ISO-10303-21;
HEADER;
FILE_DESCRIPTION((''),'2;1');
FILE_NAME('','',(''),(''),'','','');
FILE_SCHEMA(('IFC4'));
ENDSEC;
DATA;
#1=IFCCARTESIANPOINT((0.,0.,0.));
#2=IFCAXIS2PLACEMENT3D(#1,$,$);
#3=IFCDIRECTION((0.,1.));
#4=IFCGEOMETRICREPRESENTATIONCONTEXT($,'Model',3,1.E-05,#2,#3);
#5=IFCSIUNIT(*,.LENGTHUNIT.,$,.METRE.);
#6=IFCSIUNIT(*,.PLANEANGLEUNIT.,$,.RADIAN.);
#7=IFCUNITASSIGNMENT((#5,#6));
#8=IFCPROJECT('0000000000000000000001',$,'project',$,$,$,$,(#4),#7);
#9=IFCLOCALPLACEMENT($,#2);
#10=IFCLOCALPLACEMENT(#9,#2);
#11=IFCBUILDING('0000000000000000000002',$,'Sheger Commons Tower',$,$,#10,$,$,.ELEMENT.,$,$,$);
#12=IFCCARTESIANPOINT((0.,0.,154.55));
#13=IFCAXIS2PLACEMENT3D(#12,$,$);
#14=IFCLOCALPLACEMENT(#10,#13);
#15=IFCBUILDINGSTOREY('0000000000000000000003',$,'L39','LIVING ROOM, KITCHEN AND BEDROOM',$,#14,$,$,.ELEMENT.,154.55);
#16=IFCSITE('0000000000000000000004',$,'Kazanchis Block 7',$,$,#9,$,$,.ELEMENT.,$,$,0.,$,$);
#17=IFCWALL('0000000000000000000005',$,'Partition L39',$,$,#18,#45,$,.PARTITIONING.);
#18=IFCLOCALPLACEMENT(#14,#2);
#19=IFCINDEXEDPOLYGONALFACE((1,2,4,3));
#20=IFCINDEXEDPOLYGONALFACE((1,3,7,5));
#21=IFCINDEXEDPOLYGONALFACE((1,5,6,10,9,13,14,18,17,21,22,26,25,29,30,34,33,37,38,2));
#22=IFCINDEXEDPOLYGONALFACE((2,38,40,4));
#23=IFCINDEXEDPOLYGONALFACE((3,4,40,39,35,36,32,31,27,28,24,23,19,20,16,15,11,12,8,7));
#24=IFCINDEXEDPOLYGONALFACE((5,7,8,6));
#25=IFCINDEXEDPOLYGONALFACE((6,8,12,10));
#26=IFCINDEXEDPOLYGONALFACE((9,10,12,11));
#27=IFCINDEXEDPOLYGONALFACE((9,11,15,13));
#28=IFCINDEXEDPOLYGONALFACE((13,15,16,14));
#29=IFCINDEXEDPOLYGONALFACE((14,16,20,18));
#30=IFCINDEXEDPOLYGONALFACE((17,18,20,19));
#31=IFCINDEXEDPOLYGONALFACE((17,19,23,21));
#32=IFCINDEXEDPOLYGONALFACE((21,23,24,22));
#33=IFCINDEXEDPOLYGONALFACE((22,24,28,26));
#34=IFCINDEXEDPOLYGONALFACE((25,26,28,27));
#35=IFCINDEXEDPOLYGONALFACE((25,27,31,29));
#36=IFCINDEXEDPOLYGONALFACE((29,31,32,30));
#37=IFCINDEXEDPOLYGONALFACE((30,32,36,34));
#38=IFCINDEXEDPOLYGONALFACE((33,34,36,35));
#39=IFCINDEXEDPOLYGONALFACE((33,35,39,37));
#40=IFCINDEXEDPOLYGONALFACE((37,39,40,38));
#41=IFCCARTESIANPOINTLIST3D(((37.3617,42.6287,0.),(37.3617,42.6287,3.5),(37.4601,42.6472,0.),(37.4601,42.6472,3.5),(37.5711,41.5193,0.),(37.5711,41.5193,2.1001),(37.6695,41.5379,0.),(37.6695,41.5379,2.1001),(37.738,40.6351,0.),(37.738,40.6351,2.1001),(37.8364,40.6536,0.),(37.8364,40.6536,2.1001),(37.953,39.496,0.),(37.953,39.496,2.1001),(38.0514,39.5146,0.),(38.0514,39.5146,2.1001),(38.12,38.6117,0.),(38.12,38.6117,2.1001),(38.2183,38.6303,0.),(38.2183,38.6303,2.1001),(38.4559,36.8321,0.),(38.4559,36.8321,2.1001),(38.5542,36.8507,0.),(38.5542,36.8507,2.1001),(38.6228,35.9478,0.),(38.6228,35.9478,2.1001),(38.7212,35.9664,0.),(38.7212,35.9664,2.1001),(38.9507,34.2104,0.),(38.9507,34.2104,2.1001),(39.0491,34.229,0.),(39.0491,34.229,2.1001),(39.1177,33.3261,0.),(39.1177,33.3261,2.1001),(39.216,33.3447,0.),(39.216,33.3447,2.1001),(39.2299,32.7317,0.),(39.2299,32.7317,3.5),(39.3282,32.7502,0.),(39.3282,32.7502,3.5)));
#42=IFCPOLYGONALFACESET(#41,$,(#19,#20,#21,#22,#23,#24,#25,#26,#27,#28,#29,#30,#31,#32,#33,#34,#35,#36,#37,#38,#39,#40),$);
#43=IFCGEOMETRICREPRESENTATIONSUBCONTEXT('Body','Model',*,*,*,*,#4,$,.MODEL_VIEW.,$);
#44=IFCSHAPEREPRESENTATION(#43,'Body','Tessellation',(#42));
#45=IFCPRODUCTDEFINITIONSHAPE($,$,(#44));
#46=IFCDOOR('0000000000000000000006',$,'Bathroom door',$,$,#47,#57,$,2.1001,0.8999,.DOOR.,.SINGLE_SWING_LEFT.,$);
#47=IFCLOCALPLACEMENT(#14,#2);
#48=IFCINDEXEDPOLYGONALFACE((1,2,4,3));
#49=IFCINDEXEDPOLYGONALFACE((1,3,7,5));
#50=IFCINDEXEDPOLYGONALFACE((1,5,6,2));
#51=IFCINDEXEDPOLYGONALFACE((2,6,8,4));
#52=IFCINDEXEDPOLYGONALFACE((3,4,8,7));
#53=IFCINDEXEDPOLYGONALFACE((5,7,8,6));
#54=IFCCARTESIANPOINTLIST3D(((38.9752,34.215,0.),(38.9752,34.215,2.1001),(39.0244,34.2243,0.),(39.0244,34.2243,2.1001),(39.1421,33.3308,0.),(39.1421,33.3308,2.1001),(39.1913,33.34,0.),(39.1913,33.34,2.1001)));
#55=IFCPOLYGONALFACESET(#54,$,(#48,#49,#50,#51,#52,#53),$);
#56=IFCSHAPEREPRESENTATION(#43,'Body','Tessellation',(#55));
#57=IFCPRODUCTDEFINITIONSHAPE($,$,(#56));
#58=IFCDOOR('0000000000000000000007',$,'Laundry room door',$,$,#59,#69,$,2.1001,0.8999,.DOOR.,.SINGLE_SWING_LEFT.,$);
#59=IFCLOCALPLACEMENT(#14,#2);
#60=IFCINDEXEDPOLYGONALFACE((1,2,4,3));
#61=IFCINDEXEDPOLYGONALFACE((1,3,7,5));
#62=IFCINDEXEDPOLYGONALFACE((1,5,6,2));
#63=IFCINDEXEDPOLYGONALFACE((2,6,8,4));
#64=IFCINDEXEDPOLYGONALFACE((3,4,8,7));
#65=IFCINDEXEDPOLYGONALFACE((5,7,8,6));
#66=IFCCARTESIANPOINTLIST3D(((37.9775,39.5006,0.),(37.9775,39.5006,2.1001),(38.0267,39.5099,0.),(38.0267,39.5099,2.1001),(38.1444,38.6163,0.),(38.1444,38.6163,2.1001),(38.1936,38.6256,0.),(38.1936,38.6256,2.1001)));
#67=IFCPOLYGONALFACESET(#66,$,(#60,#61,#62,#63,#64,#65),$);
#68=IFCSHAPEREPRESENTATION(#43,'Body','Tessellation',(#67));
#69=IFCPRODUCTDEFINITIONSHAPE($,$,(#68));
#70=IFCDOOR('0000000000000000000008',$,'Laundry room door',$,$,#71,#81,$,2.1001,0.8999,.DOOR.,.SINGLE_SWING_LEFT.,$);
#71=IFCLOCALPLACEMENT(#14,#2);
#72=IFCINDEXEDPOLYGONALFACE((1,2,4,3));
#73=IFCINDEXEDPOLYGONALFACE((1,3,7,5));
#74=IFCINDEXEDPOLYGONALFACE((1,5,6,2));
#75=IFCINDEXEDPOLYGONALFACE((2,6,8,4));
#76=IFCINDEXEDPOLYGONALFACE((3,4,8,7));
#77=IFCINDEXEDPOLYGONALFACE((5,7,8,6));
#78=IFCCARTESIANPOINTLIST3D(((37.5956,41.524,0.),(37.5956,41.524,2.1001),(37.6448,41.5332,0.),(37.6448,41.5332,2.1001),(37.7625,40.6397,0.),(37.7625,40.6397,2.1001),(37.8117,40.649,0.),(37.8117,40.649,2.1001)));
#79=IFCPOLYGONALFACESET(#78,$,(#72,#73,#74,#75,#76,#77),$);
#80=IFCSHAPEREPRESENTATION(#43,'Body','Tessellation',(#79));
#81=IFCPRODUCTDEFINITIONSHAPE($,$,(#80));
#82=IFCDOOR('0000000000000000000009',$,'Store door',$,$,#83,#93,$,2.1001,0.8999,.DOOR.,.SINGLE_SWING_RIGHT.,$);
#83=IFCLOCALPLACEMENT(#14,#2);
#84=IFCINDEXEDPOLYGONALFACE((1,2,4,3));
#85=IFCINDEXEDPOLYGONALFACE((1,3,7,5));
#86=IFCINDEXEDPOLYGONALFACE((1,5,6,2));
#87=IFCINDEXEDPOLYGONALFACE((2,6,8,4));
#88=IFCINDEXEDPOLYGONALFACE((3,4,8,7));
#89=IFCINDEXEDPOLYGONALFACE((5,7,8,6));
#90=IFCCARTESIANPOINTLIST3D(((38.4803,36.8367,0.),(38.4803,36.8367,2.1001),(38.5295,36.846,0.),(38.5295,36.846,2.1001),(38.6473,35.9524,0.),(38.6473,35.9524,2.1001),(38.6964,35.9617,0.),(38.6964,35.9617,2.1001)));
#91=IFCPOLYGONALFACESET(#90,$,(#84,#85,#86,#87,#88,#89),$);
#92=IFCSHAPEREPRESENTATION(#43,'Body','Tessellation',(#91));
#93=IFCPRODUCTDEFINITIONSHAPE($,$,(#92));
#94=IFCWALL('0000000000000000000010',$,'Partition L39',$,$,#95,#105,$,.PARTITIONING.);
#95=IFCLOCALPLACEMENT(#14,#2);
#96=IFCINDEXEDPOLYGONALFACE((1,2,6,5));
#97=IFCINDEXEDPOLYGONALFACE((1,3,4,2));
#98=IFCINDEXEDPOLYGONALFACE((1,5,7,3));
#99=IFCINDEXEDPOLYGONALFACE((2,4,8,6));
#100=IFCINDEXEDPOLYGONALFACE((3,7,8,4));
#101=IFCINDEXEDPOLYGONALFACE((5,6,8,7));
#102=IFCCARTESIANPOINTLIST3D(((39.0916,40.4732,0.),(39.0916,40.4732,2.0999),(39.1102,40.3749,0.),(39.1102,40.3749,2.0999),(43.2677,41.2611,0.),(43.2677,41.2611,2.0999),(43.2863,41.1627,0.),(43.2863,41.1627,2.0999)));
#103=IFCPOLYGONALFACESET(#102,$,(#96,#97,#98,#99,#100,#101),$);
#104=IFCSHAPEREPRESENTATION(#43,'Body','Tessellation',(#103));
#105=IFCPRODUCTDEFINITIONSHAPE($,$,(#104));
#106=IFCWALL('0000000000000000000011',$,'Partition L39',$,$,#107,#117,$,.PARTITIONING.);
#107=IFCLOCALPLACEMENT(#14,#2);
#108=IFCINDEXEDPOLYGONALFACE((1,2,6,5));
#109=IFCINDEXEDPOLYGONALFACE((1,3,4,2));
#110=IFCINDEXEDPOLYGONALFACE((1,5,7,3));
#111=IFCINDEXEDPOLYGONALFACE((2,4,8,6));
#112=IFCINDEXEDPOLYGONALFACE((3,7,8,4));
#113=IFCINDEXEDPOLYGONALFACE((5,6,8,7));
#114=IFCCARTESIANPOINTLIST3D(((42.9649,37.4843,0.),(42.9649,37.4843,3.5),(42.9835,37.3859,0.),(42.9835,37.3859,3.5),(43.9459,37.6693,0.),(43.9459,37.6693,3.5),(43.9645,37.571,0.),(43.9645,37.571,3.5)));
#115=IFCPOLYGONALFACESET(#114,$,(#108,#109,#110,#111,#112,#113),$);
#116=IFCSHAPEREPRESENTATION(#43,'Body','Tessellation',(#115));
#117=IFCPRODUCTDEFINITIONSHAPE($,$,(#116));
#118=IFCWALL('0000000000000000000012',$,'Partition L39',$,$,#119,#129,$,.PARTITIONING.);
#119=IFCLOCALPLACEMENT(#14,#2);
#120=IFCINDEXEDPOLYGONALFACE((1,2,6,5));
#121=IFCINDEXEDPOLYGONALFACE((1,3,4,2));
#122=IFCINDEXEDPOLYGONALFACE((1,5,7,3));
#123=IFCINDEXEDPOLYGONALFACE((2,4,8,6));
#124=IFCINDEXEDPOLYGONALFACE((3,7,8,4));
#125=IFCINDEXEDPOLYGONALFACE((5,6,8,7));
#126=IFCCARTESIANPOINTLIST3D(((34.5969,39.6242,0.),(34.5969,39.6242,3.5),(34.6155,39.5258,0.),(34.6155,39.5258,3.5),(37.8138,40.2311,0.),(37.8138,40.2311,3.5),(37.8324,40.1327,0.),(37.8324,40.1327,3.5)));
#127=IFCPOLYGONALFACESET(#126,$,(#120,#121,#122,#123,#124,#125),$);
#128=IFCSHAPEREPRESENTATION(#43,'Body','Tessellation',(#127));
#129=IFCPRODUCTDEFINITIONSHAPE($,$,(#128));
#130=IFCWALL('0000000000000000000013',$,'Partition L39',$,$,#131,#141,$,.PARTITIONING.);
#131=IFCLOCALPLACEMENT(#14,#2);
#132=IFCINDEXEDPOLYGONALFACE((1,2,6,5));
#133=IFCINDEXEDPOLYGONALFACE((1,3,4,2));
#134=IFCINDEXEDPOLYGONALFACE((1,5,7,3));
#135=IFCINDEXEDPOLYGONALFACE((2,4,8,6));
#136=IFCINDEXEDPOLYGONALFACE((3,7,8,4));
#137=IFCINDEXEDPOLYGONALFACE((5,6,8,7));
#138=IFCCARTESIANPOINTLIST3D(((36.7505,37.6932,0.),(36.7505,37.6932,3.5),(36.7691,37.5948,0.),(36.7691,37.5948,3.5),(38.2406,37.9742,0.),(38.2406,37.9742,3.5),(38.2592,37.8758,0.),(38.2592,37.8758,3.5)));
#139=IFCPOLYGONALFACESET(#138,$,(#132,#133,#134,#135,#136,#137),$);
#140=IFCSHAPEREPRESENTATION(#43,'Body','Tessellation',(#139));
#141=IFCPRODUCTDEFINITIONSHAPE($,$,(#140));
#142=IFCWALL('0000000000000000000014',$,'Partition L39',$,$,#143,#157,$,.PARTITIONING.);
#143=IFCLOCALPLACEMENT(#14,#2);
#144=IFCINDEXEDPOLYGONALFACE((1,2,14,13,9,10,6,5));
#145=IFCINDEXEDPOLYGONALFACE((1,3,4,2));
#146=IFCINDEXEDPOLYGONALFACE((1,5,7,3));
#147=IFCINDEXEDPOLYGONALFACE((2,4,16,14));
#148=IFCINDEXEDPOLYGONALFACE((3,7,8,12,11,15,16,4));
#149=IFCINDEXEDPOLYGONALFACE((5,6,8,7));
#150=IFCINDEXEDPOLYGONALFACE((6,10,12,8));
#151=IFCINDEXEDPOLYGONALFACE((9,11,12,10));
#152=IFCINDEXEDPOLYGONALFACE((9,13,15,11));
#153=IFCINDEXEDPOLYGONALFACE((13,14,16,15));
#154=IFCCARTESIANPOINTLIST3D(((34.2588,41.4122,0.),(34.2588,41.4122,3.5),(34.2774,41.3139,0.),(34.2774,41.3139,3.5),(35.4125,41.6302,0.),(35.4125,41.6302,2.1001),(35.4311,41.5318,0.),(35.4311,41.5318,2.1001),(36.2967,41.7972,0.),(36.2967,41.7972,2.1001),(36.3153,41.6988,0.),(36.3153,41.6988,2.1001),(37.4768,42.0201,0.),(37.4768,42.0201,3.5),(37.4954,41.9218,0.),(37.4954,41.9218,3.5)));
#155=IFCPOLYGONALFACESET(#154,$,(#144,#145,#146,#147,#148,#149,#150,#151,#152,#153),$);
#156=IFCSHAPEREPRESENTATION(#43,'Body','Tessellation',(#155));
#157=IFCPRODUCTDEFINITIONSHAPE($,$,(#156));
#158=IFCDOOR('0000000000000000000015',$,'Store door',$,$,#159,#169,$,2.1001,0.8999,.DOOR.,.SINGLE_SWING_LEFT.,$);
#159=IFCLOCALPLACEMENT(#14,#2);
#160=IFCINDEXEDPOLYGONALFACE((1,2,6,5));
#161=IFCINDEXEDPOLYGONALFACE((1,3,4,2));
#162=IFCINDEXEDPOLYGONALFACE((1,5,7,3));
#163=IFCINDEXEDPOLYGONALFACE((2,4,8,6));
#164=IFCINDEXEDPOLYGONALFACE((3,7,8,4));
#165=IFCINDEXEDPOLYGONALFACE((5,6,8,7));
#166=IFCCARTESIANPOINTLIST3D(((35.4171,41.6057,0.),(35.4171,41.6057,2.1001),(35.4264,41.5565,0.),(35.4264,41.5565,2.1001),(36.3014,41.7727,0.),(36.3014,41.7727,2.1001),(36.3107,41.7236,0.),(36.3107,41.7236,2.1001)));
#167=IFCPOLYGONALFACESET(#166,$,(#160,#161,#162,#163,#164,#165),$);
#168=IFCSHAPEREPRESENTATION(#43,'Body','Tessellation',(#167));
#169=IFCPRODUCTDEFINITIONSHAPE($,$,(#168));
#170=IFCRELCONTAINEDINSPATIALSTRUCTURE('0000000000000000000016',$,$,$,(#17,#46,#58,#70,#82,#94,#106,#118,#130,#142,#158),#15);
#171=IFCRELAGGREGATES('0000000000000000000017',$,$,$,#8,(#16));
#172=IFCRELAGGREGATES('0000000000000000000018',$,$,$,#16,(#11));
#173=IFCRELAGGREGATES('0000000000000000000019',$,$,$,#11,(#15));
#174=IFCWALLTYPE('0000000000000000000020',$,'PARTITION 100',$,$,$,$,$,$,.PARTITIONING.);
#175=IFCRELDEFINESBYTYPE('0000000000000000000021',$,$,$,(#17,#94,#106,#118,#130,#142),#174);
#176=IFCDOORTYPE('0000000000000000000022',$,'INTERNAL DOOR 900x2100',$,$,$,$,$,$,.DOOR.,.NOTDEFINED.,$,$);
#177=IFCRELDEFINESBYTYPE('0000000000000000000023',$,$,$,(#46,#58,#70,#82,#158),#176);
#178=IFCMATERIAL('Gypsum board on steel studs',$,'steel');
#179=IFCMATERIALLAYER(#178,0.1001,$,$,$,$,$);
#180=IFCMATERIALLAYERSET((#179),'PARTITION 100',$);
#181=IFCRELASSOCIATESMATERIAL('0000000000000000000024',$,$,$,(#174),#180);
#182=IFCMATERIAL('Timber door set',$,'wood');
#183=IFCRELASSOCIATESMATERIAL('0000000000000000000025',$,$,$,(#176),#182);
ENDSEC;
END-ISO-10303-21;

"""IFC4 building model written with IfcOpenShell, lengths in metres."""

from ifc_helpers import new_model, si_unit, direction, frame, frame_2d, origin, place, context, subcontext, project, spatial, rectangle, extrude, material, layer, layer_set, type_object, element, fill, save


model = new_model("IFC4")

# Units and contexts
model_context = context("Model", 3, precision=1e-05, world=origin(), true_north=direction((0.0, 1.0)))
body_context = subcontext(model_context, "Body", "Model", "MODEL_VIEW")
ifc_project = project(units=[si_unit("LENGTHUNIT", "METRE"), si_unit("PLANEANGLEUNIT", "RADIAN")], contexts=[model_context])

# Site, building, storey
site_placement = place(None, origin())
site = spatial("IfcSite", under=ifc_project, at=site_placement, Name="Kazanchis Block 7", CompositionType="ELEMENT", RefElevation=0.0)
building_placement = place(site_placement, origin())
building = spatial("IfcBuilding", under=site, at=building_placement, Name="Sheger Commons Tower", CompositionType="ELEMENT")
storey_placement = place(building_placement, frame((0.0, 0.0, 154.55)))
storey = spatial("IfcBuildingStorey", under=building, at=storey_placement, Name="L39", Description="LIVING ROOM, KITCHEN AND BEDROOM", CompositionType="ELEMENT", Elevation=154.55)

# Shared definitions
ifc_material_1 = material(Name="Gypsum board on steel studs", Category="steel")
ifc_layer_1 = layer(ifc_material_1, 0.1001)
ifc_layer_set_1 = layer_set([ifc_layer_1], Name="PARTITION 100")
wall_type = type_object("IfcWallType", Name="PARTITION 100", PredefinedType="PARTITIONING", material=ifc_layer_set_1)

# Wall, openings, doors
ifc_material_2 = material(Name="Timber door set", Category="wood")
door_type = type_object("IfcDoorType", Name="INTERNAL DOOR 900x2100", OperationType="NOTDEFINED", PredefinedType="DOOR", material=ifc_material_2)
wall_1_placement = place(storey_placement, frame((37.4109, 42.6379, 0.0), z_axis=(0.0, 0.0, 1.0), x_axis=(0.185486, -0.982647, 0.0)))
wall_1 = element("IfcWall", 1, at=wall_1_placement, inside=storey, type_object=wall_type, Name="Partition L39", PredefinedType="PARTITIONING", context=body_context, shape_type="SweptSolid", body=[
    extrude(rectangle(XDim=10.0718, YDim=0.1001, at=frame_2d((5.0359, 0.0))), origin(), (0.0, 0.0, 1.0), 3.5),
])
opening_1_placement = place(wall_1_placement, frame((8.5669, 0.0, 0.0)))
opening_1 = element("IfcOpeningElement", 2, at=opening_1_placement, cuts=wall_1, PredefinedType="OPENING", context=body_context, shape_type="SweptSolid", body=[
    extrude(rectangle(XDim=0.8999, YDim=2.1001, at=frame_2d((0.45, 1.05))), frame((0.0, 0.0601, 0.0), z_axis=(0.0, -1.0, 0.0), x_axis=(1.0, 0.0, 0.0)), (0.0, 0.0, 1.0), 0.1201),
])
opening_2_placement = place(wall_1_placement, frame((3.188, 0.0, 0.0)))
opening_2 = element("IfcOpeningElement", 3, at=opening_2_placement, cuts=wall_1, PredefinedType="OPENING", context=body_context, shape_type="SweptSolid", body=[
    extrude(rectangle(XDim=0.8999, YDim=2.1001, at=frame_2d((0.45, 1.05))), frame((0.0, 0.0601, 0.0), z_axis=(0.0, -1.0, 0.0), x_axis=(1.0, 0.0, 0.0)), (0.0, 0.0, 1.0), 0.1201),
])
opening_3_placement = place(wall_1_placement, frame((1.1289, 0.0, 0.0)))
opening_3 = element("IfcOpeningElement", 4, at=opening_3_placement, cuts=wall_1, PredefinedType="OPENING", context=body_context, shape_type="SweptSolid", body=[
    extrude(rectangle(XDim=0.8999, YDim=2.1001, at=frame_2d((0.45, 1.05))), frame((0.0, 0.0601, 0.0), z_axis=(0.0, -1.0, 0.0), x_axis=(1.0, 0.0, 0.0)), (0.0, 0.0, 1.0), 0.1201),
])
opening_4_placement = place(wall_1_placement, frame((5.8989, 0.0, 0.0)))
opening_4 = element("IfcOpeningElement", 5, at=opening_4_placement, cuts=wall_1, PredefinedType="OPENING", context=body_context, shape_type="SweptSolid", body=[
    extrude(rectangle(XDim=0.8999, YDim=2.1001, at=frame_2d((0.45, 1.05))), frame((0.0, 0.0601, 0.0), z_axis=(0.0, -1.0, 0.0), x_axis=(1.0, 0.0, 0.0)), (0.0, 0.0, 1.0), 0.1201),
])
door_1_placement = place(opening_1_placement, origin())
door_1 = element("IfcDoor", 6, at=door_1_placement, inside=storey, type_object=door_type, Name="Bathroom door", OperationType="SINGLE_SWING_LEFT", OverallHeight=2.1001, OverallWidth=0.8999, PredefinedType="DOOR", context=body_context, shape_type="SweptSolid", body=[
    extrude(rectangle(XDim=0.8999, YDim=2.1001, at=frame_2d((0.45, 1.05))), frame((0.0, 0.0249, 0.0), z_axis=(0.0, -1.0, 0.0), x_axis=(1.0, 0.0, 0.0)), (0.0, 0.0, 1.0), 0.05),
])
fill(opening_1, door_1)
door_2_placement = place(opening_2_placement, origin())
door_2 = element("IfcDoor", 7, at=door_2_placement, inside=storey, type_object=door_type, Name="Laundry room door", OperationType="SINGLE_SWING_LEFT", OverallHeight=2.1001, OverallWidth=0.8999, PredefinedType="DOOR", context=body_context, shape_type="SweptSolid", body=[
    extrude(rectangle(XDim=0.8999, YDim=2.1001, at=frame_2d((0.45, 1.05))), frame((0.0, 0.0249, 0.0), z_axis=(0.0, -1.0, 0.0), x_axis=(1.0, 0.0, 0.0)), (0.0, 0.0, 1.0), 0.05),
])
fill(opening_2, door_2)
door_3_placement = place(opening_3_placement, origin())
door_3 = element("IfcDoor", 8, at=door_3_placement, inside=storey, type_object=door_type, Name="Laundry room door", OperationType="SINGLE_SWING_LEFT", OverallHeight=2.1001, OverallWidth=0.8999, PredefinedType="DOOR", context=body_context, shape_type="SweptSolid", body=[
    extrude(rectangle(XDim=0.8999, YDim=2.1001, at=frame_2d((0.45, 1.05))), frame((0.0, 0.0249, 0.0), z_axis=(0.0, -1.0, 0.0), x_axis=(1.0, 0.0, 0.0)), (0.0, 0.0, 1.0), 0.05),
])
fill(opening_3, door_3)
door_4_placement = place(opening_4_placement, origin())
door_4 = element("IfcDoor", 9, at=door_4_placement, inside=storey, type_object=door_type, Name="Store door", OperationType="SINGLE_SWING_RIGHT", OverallHeight=2.1001, OverallWidth=0.8999, PredefinedType="DOOR", context=body_context, shape_type="SweptSolid", body=[
    extrude(rectangle(XDim=0.8999, YDim=2.1001, at=frame_2d((0.45, 1.05))), frame((0.0, 0.0249, 0.0), z_axis=(0.0, -1.0, 0.0), x_axis=(1.0, 0.0, 0.0)), (0.0, 0.0, 1.0), 0.05),
])
fill(opening_4, door_4)

# Walls
wall_2_placement = place(storey_placement, frame((43.2771, 41.2119, 0.0), z_axis=(0.0, 0.0, 1.0), x_axis=(-0.982665, -0.185388, 0.0)))
element("IfcWall", 10, at=wall_2_placement, inside=storey, type_object=wall_type, Name="Partition L39", PredefinedType="PARTITIONING", context=body_context, shape_type="SweptSolid", body=[
    extrude(rectangle(XDim=4.2498, YDim=0.1001, at=frame_2d((2.125, 0.0))), origin(), (0.0, 0.0, 1.0), 2.0999),
])
wall_3_placement = place(storey_placement, frame((43.9551, 37.6201, 0.0), z_axis=(0.0, 0.0, 1.0), x_axis=(-0.982667, -0.185381, 0.0)))
element("IfcWall", 11, at=wall_3_placement, inside=storey, type_object=wall_type, Name="Partition L39", PredefinedType="PARTITIONING", context=body_context, shape_type="SweptSolid", body=[
    extrude(rectangle(XDim=0.9983, YDim=0.1001, at=frame_2d((0.499, 0.0))), origin(), (0.0, 0.0, 1.0), 3.5),
])
wall_4_placement = place(storey_placement, frame((37.823, 40.1819, 0.0), z_axis=(0.0, 0.0, 1.0), x_axis=(-0.982665, -0.185392, 0.0)))
element("IfcWall", 12, at=wall_4_placement, inside=storey, type_object=wall_type, Name="Partition L39", PredefinedType="PARTITIONING", context=body_context, shape_type="SweptSolid", body=[
    extrude(rectangle(XDim=3.2737, YDim=0.1001, at=frame_2d((1.6367, 0.0))), origin(), (0.0, 0.0, 1.0), 3.5),
])
wall_5_placement = place(storey_placement, frame((38.25, 37.925, 0.0), z_axis=(0.0, 0.0, 1.0), x_axis=(-0.982677, -0.185329, 0.0)))
element("IfcWall", 13, at=wall_5_placement, inside=storey, type_object=wall_type, Name="Partition L39", PredefinedType="PARTITIONING", context=body_context, shape_type="SweptSolid", body=[
    extrude(rectangle(XDim=1.5164, YDim=0.1001, at=frame_2d((0.7583, 0.0))), origin(), (0.0, 0.0, 1.0), 3.5),
])

# Wall, opening, door
wall_6_placement = place(storey_placement, frame((37.4861, 41.9709, 0.0), z_axis=(0.0, 0.0, 1.0), x_axis=(-0.982621, -0.185625, 0.0)))
wall_6 = element("IfcWall", 14, at=wall_6_placement, inside=storey, type_object=wall_type, Name="Partition L39", PredefinedType="PARTITIONING", context=body_context, shape_type="SweptSolid", body=[
    extrude(rectangle(XDim=3.2749, YDim=0.1001, at=frame_2d((1.6375, 0.0))), origin(), (0.0, 0.0, 1.0), 3.5),
])
opening_5_placement = place(wall_6_placement, frame((1.2009, 0.0, 0.0)))
opening_5 = element("IfcOpeningElement", 15, at=opening_5_placement, cuts=wall_6, PredefinedType="OPENING", context=body_context, shape_type="SweptSolid", body=[
    extrude(rectangle(XDim=0.8999, YDim=2.1001, at=frame_2d((0.45, 1.05))), frame((0.0, 0.0601, 0.0), z_axis=(0.0, -1.0, 0.0), x_axis=(1.0, 0.0, 0.0)), (0.0, 0.0, 1.0), 0.1201),
])
door_5_placement = place(opening_5_placement, origin())
door_5 = element("IfcDoor", 16, at=door_5_placement, inside=storey, type_object=door_type, Name="Store door", OperationType="SINGLE_SWING_LEFT", OverallHeight=2.1001, OverallWidth=0.8999, PredefinedType="DOOR", context=body_context, shape_type="SweptSolid", body=[
    extrude(rectangle(XDim=0.8999, YDim=2.1001, at=frame_2d((0.45, 1.05))), frame((0.0, 0.0249, 0.0), z_axis=(0.0, -1.0, 0.0), x_axis=(1.0, 0.0, 0.0)), (0.0, 0.0, 1.0), 0.05),
])
fill(opening_5, door_5)

save(model, "model.ifc")
